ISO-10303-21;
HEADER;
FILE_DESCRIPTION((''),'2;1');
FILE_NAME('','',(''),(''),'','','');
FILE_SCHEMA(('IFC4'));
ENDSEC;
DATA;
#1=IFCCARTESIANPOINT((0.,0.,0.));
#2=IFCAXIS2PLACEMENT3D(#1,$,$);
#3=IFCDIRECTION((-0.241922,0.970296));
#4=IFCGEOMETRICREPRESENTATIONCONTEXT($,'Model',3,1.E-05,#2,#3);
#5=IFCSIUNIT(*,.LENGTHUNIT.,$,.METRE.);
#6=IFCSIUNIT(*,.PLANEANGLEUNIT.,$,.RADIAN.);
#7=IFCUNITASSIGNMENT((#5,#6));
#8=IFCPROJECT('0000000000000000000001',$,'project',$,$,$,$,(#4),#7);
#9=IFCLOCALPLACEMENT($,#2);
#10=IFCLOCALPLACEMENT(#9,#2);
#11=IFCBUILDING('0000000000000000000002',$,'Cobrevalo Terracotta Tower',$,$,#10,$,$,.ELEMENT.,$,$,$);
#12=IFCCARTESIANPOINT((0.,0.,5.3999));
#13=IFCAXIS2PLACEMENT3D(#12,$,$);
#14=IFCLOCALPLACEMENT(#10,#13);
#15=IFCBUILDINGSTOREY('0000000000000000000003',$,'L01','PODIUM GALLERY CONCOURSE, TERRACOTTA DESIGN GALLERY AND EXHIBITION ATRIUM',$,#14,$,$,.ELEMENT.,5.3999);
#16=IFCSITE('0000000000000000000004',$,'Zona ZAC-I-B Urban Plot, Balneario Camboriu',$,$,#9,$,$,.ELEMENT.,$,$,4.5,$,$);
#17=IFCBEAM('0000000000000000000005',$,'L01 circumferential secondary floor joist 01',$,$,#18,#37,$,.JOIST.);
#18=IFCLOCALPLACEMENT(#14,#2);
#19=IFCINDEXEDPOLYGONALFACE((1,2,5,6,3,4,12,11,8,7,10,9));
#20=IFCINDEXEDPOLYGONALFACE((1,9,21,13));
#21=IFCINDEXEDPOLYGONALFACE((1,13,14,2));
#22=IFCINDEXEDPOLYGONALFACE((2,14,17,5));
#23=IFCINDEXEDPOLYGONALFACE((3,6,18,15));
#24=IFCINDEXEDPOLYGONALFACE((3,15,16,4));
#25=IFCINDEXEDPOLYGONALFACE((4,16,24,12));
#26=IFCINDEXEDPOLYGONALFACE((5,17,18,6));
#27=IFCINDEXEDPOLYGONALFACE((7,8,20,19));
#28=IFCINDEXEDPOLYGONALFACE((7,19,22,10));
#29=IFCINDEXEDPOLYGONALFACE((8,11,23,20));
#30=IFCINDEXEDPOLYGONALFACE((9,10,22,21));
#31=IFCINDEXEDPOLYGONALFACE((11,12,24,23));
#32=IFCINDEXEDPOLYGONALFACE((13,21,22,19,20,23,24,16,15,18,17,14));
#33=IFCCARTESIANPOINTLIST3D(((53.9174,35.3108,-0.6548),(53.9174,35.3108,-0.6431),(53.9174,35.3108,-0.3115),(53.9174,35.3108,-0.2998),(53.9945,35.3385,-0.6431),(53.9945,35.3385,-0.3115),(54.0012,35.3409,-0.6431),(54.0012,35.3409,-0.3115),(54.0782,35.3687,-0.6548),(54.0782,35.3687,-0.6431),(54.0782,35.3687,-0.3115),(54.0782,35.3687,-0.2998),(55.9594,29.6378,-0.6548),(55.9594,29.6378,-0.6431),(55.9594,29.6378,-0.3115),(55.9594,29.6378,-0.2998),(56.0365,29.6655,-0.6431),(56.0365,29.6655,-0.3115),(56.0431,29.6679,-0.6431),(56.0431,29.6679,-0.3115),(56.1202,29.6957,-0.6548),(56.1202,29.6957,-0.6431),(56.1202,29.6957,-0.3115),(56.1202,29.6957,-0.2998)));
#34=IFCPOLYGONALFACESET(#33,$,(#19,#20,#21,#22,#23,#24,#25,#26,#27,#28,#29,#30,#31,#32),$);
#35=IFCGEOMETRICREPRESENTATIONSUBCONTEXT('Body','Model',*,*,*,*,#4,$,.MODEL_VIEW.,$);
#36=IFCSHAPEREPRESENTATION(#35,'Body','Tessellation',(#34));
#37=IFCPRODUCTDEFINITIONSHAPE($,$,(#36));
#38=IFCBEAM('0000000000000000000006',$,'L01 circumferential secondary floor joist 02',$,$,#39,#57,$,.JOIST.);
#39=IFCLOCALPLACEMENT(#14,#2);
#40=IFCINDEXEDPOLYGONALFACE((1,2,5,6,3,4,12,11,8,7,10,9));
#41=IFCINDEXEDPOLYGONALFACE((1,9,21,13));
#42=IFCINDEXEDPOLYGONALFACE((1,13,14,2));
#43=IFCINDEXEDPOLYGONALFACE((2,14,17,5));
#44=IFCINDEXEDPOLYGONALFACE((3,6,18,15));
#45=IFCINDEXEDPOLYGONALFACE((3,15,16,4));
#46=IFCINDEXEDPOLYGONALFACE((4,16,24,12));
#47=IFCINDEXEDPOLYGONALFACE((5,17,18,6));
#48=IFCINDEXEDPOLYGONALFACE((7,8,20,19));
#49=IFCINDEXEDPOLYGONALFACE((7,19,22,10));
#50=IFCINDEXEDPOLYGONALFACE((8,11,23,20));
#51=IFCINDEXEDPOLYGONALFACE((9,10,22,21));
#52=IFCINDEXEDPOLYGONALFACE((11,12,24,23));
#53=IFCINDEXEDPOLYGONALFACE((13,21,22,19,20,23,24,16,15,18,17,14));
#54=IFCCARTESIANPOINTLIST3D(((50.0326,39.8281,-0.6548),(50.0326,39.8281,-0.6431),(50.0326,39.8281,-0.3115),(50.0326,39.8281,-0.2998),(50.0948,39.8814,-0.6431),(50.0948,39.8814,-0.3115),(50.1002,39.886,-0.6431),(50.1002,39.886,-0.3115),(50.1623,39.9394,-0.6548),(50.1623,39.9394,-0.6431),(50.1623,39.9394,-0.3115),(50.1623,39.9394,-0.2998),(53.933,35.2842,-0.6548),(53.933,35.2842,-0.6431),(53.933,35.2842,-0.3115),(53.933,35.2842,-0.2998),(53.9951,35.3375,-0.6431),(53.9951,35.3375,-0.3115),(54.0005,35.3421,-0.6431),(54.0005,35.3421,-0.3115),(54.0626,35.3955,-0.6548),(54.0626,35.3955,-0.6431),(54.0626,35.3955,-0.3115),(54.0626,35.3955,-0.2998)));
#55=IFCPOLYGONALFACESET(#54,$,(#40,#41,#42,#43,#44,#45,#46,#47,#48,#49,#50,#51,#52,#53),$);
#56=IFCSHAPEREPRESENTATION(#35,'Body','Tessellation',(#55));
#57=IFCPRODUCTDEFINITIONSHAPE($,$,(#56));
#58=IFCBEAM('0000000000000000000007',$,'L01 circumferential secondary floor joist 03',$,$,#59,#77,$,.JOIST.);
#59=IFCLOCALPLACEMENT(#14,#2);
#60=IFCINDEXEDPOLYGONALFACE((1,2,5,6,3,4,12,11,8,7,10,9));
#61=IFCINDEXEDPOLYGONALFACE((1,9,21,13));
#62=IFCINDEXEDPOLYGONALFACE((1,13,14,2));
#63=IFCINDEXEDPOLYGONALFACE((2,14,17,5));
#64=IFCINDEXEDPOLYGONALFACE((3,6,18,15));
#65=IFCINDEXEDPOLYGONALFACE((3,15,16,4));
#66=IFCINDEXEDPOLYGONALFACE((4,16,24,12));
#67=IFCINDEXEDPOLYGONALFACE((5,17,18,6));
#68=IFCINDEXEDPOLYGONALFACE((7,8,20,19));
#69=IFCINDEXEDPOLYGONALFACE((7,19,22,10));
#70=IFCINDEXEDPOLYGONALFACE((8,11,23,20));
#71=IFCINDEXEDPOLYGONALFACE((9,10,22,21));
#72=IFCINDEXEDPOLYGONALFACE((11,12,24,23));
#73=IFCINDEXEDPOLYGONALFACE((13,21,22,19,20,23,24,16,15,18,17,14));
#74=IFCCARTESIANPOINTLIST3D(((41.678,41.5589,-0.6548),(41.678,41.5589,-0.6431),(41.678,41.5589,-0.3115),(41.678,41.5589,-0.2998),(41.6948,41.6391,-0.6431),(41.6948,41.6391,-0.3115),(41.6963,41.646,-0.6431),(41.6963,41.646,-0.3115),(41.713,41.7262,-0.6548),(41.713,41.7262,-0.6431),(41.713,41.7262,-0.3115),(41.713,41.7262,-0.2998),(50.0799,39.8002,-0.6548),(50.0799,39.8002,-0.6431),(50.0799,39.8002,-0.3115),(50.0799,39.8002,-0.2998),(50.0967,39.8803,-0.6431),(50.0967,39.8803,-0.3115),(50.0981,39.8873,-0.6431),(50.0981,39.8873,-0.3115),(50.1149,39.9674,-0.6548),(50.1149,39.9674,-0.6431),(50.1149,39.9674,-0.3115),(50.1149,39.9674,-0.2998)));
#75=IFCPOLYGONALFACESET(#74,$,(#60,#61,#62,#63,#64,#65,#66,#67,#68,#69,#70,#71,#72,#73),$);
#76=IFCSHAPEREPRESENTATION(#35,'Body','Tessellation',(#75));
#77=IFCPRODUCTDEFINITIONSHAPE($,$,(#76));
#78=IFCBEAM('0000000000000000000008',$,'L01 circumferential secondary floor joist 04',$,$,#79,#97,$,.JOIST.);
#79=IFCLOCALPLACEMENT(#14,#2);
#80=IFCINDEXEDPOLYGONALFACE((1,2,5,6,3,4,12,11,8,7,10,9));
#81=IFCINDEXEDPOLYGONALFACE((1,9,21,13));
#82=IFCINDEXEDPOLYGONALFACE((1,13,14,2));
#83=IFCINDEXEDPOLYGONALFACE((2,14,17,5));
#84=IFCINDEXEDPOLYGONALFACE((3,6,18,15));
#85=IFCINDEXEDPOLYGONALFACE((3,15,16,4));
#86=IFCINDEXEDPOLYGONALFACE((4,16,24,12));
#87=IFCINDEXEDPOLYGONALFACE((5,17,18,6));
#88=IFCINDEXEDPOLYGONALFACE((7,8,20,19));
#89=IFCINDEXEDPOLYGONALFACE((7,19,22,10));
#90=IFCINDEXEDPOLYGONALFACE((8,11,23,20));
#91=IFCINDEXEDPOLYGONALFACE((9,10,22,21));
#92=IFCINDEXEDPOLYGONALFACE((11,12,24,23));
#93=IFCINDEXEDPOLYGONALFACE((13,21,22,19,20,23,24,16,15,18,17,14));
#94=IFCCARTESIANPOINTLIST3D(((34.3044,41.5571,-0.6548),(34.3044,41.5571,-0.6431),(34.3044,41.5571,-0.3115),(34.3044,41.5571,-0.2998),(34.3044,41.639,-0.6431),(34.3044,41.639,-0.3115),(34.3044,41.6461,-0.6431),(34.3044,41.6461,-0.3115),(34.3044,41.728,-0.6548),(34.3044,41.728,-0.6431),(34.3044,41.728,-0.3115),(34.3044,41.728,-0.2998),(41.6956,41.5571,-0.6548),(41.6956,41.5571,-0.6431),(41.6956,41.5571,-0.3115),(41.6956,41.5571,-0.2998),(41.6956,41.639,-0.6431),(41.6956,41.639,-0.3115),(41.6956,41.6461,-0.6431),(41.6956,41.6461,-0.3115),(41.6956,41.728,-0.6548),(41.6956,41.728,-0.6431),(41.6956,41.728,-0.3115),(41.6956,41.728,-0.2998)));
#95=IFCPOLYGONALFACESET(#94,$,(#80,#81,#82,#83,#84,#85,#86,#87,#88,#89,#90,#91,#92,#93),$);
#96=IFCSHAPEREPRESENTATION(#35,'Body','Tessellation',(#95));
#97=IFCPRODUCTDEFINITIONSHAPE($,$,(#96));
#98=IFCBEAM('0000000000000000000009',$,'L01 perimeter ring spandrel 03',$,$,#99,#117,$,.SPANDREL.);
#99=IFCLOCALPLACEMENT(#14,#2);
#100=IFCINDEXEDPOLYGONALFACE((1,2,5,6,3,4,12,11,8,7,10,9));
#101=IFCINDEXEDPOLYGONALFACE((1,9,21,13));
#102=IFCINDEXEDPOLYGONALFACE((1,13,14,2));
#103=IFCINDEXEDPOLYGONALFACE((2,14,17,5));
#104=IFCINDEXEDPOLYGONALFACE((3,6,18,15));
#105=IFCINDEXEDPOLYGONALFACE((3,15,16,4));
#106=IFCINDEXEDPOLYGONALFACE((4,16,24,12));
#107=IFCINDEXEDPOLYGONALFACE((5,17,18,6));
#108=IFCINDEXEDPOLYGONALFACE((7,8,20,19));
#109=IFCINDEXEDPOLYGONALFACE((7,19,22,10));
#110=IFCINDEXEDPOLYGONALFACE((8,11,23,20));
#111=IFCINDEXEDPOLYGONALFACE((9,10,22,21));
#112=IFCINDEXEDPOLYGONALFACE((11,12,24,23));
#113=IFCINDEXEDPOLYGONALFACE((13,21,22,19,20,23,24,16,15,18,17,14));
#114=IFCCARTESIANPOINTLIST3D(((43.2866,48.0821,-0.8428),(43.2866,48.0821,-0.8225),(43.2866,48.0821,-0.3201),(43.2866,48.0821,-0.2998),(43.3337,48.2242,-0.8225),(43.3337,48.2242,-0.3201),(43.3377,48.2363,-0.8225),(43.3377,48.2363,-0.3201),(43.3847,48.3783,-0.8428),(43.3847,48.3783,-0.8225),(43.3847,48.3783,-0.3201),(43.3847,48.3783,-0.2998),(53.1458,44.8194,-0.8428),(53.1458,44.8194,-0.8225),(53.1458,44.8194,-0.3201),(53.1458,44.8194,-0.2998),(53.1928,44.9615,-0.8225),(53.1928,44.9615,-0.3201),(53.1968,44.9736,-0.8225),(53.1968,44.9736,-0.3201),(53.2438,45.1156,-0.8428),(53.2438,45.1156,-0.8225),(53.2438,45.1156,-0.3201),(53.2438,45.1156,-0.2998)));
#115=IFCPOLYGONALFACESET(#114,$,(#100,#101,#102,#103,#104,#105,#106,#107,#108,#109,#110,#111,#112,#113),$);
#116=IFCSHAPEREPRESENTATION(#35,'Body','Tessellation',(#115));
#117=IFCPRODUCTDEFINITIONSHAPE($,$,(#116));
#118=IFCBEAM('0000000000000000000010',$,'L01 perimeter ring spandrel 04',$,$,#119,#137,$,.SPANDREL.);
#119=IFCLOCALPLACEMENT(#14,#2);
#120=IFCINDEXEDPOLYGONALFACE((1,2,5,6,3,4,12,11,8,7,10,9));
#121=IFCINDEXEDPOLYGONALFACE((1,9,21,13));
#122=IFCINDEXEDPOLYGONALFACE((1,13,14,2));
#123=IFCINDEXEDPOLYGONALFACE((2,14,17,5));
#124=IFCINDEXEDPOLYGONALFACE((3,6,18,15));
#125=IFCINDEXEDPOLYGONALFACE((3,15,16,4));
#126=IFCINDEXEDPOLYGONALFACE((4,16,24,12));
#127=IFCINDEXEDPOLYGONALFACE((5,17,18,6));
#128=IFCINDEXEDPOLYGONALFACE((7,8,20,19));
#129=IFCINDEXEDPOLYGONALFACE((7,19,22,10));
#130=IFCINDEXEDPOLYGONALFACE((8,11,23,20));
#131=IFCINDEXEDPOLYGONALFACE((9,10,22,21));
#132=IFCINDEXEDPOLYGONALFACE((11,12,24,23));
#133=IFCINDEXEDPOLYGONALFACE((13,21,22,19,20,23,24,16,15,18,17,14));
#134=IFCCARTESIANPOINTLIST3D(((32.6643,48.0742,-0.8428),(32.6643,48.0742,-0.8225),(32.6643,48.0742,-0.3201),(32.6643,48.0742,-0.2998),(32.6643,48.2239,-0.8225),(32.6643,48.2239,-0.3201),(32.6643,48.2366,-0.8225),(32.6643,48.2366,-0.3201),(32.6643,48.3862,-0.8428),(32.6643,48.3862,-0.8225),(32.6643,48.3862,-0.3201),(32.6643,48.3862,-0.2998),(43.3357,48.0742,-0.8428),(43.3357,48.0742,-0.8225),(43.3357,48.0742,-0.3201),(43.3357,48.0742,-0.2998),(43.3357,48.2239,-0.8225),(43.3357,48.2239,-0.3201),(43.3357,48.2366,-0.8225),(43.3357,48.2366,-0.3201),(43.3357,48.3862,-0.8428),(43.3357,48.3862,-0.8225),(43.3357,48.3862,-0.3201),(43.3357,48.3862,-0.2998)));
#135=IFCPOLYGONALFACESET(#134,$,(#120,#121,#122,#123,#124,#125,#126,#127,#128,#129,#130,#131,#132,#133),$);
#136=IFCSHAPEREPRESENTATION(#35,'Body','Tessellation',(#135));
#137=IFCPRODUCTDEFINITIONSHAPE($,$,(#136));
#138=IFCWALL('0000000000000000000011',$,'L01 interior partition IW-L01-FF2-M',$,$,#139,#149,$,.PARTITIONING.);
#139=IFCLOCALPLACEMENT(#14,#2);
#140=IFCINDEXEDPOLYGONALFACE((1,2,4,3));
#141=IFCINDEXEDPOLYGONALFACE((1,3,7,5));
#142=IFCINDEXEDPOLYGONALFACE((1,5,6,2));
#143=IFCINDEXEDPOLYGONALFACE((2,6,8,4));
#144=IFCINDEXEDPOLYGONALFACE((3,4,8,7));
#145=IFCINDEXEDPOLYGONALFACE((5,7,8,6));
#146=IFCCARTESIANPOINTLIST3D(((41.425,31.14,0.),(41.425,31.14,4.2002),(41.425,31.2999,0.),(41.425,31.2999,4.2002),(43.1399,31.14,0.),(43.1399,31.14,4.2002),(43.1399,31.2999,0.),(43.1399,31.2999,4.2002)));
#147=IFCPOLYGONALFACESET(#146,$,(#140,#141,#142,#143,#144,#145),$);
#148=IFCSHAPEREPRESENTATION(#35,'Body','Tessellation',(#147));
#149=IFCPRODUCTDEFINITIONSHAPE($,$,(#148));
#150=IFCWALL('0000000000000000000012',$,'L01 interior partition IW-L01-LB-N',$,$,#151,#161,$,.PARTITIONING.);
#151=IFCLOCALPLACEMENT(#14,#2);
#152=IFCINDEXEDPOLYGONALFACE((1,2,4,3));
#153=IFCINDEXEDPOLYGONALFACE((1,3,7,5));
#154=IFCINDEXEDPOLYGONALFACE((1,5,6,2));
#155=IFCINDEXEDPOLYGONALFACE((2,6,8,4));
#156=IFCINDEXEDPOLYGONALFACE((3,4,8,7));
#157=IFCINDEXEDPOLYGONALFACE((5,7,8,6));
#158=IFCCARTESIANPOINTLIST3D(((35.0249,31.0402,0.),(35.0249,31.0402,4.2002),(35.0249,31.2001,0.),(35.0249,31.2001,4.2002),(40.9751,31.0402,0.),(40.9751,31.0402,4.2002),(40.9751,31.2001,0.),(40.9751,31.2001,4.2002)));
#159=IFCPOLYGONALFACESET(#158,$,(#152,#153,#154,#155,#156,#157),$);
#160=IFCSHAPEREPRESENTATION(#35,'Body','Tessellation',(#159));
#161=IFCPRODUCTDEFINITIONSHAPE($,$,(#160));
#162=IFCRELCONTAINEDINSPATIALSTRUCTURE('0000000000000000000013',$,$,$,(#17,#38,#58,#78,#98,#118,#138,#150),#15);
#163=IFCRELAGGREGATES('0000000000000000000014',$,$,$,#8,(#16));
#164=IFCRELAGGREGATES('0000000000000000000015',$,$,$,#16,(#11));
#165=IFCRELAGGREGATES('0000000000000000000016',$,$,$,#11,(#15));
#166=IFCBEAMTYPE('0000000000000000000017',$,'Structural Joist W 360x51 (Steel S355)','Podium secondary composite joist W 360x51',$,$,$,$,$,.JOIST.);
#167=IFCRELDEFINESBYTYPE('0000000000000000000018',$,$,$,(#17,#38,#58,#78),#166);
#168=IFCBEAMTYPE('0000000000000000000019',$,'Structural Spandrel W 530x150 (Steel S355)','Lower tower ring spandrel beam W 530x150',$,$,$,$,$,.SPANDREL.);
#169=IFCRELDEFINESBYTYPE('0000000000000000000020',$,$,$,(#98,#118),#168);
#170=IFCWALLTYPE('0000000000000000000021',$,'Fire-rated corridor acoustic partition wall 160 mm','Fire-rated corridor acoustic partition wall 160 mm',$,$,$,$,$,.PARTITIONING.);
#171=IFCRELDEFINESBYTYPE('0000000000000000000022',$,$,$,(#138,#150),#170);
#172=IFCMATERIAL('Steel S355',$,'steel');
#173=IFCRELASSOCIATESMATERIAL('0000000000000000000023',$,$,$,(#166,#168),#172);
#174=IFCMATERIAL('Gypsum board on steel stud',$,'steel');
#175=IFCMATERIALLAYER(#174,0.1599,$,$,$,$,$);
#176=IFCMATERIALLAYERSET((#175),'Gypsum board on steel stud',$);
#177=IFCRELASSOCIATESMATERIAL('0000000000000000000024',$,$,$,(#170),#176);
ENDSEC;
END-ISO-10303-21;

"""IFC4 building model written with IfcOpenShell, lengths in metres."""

from ifc_helpers import new_model, si_unit, direction, frame, frame_2d, origin, origin_2d, place, context, subcontext, project, spatial, rectangle, i_section, extrude, material, layer, layer_set, material_profile, profile_set, type_object, element, save


model = new_model("IFC4")

# Units and contexts
model_context = context("Model", 3, precision=1e-05, world=origin(), true_north=direction((-0.241922, 0.970296)))
body_context = subcontext(model_context, "Body", "Model", "MODEL_VIEW")
ifc_project = project(units=[si_unit("LENGTHUNIT", "METRE"), si_unit("PLANEANGLEUNIT", "RADIAN")], contexts=[model_context])

# Site, building, storey
site_placement = place(None, origin())
site = spatial("IfcSite", under=ifc_project, at=site_placement, Name="Zona ZAC-I-B Urban Plot, Balneario Camboriu", CompositionType="ELEMENT", RefElevation=4.5)
building_placement = place(site_placement, origin())
building = spatial("IfcBuilding", under=site, at=building_placement, Name="Cobrevalo Terracotta Tower", CompositionType="ELEMENT")
storey_placement = place(building_placement, frame((0.0, 0.0, 5.3999)))
storey = spatial("IfcBuildingStorey", under=building, at=storey_placement, Name="L01", Description="PODIUM GALLERY CONCOURSE, TERRACOTTA DESIGN GALLERY AND EXHIBITION ATRIUM", CompositionType="ELEMENT", Elevation=5.3999)

# Shared definitions
ifc_material_1 = material(Name="Steel S355", Category="steel")

# Beams
ifc_material_profile_1 = material_profile(ifc_material_1, i_section(OverallWidth=0.1709, OverallDepth=0.355, WebThickness=0.0071, FlangeThickness=0.0117, at=origin_2d()), Name="W 360x51")
ifc_profile_set_1 = profile_set([ifc_material_profile_1], Name="Steel S355")
beam_type_1 = type_object("IfcBeamType", Name="Structural Joist W 360x51 (Steel S355)", Description="Podium secondary composite joist W 360x51", PredefinedType="JOIST", material=ifc_profile_set_1)
beam_1_placement = place(storey_placement, frame((56.0398, 29.6667, -0.4773), z_axis=(-0.338672, 0.940904, 0.0), x_axis=(-0.940904, -0.338672, 0.0)))
element("IfcBeam", 1, at=beam_1_placement, inside=storey, type_object=beam_type_1, Name="L01 circumferential secondary floor joist 01", PredefinedType="JOIST", context=body_context, shape_type="SweptSolid", body=[
    extrude(i_section(OverallWidth=0.1709, OverallDepth=0.355, WebThickness=0.0071, FlangeThickness=0.0117, at=origin_2d()), origin(), (0.0, 0.0, 1.0), 6.0293),
])
beam_2_placement = place(storey_placement, frame((53.9978, 35.3398, -0.4773), z_axis=(-0.651328, 0.758796, 0.0), x_axis=(-0.758796, -0.651328, 0.0)))
element("IfcBeam", 2, at=beam_2_placement, inside=storey, type_object=beam_type_1, Name="L01 circumferential secondary floor joist 02", PredefinedType="JOIST", context=body_context, shape_type="SweptSolid", body=[
    extrude(i_section(OverallWidth=0.1709, OverallDepth=0.355, WebThickness=0.0071, FlangeThickness=0.0117, at=origin_2d()), origin(), (0.0, 0.0, 1.0), 5.9883),
])
beam_3_placement = place(storey_placement, frame((50.0974, 39.8838, -0.4773), z_axis=(-0.978785, 0.204892, 0.0), x_axis=(-0.204892, -0.978785, 0.0)))
element("IfcBeam", 3, at=beam_3_placement, inside=storey, type_object=beam_type_1, Name="L01 circumferential secondary floor joist 03", PredefinedType="JOIST", context=body_context, shape_type="SweptSolid", body=[
    extrude(i_section(OverallWidth=0.1709, OverallDepth=0.355, WebThickness=0.0071, FlangeThickness=0.0117, at=origin_2d()), origin(), (0.0, 0.0, 1.0), 8.584),
])
beam_4_placement = place(storey_placement, frame((41.6956, 41.6426, -0.4773), z_axis=(-1.0, 0.0, 0.0), x_axis=(0.0, -1.0, 0.0)))
element("IfcBeam", 4, at=beam_4_placement, inside=storey, type_object=beam_type_1, Name="L01 circumferential secondary floor joist 04", PredefinedType="JOIST", context=body_context, shape_type="SweptSolid", body=[
    extrude(i_section(OverallWidth=0.1709, OverallDepth=0.355, WebThickness=0.0071, FlangeThickness=0.0117, at=origin_2d()), origin(), (0.0, 0.0, 1.0), 7.3911),
])
ifc_material_profile_2 = material_profile(ifc_material_1, i_section(OverallWidth=0.312, OverallDepth=0.543, WebThickness=0.0127, FlangeThickness=0.0203, at=origin_2d()), Name="W 530x150")
ifc_profile_set_2 = profile_set([ifc_material_profile_2], Name="Steel S355")
beam_type_2 = type_object("IfcBeamType", Name="Structural Spandrel W 530x150 (Steel S355)", Description="Lower tower ring spandrel beam W 530x150", PredefinedType="SPANDREL", material=ifc_profile_set_2)
beam_5_placement = place(storey_placement, frame((53.1948, 44.9675, -0.5713), z_axis=(-0.949365, 0.314175, 0.0), x_axis=(-0.314175, -0.949365, 0.0)))
element("IfcBeam", 5, at=beam_5_placement, inside=storey, type_object=beam_type_2, Name="L01 perimeter ring spandrel 03", PredefinedType="SPANDREL", context=body_context, shape_type="SweptSolid", body=[
    extrude(i_section(OverallWidth=0.312, OverallDepth=0.543, WebThickness=0.0127, FlangeThickness=0.0203, at=origin_2d()), origin(), (0.0, 0.0, 1.0), 10.385),
])
beam_6_placement = place(storey_placement, frame((43.3357, 48.2302, -0.5713), z_axis=(-1.0, 0.0, 0.0), x_axis=(0.0, -1.0, 0.0)))
element("IfcBeam", 6, at=beam_6_placement, inside=storey, type_object=beam_type_2, Name="L01 perimeter ring spandrel 04", PredefinedType="SPANDREL", context=body_context, shape_type="SweptSolid", body=[
    extrude(i_section(OverallWidth=0.312, OverallDepth=0.543, WebThickness=0.0127, FlangeThickness=0.0203, at=origin_2d()), origin(), (0.0, 0.0, 1.0), 10.6714),
])

# Walls
ifc_material_2 = material(Name="Gypsum board on steel stud", Category="steel")
ifc_layer_1 = layer(ifc_material_2, 0.1599)
ifc_layer_set_1 = layer_set([ifc_layer_1], Name="Gypsum board on steel stud")
wall_type_1 = type_object("IfcWallType", Name="Fire-rated corridor acoustic partition wall 160 mm", Description="Fire-rated corridor acoustic partition wall 160 mm", PredefinedType="PARTITIONING", material=ifc_layer_set_1)
wall_1_placement = place(storey_placement, frame((41.425, 31.22, 0.0), z_axis=(0.0, 0.0, 1.0), x_axis=(1.0, 0.0, 0.0)))
element("IfcWall", 7, at=wall_1_placement, inside=storey, type_object=wall_type_1, Name="L01 interior partition IW-L01-FF2-M", PredefinedType="PARTITIONING", context=body_context, shape_type="SweptSolid", body=[
    extrude(rectangle(XDim=1.7148, YDim=0.1599, at=frame_2d((0.8574, 0.0))), origin(), (0.0, 0.0, 1.0), 4.2002),
])
wall_2_placement = place(storey_placement, frame((35.0249, 31.1201, 0.0), z_axis=(0.0, 0.0, 1.0), x_axis=(1.0, 0.0, 0.0)))
element("IfcWall", 8, at=wall_2_placement, inside=storey, type_object=wall_type_1, Name="L01 interior partition IW-L01-LB-N", PredefinedType="PARTITIONING", context=body_context, shape_type="SweptSolid", body=[
    extrude(rectangle(XDim=5.9502, YDim=0.1599, at=frame_2d((2.9751, 0.0))), origin(), (0.0, 0.0, 1.0), 4.2002),
])

save(model, "model.ifc")
